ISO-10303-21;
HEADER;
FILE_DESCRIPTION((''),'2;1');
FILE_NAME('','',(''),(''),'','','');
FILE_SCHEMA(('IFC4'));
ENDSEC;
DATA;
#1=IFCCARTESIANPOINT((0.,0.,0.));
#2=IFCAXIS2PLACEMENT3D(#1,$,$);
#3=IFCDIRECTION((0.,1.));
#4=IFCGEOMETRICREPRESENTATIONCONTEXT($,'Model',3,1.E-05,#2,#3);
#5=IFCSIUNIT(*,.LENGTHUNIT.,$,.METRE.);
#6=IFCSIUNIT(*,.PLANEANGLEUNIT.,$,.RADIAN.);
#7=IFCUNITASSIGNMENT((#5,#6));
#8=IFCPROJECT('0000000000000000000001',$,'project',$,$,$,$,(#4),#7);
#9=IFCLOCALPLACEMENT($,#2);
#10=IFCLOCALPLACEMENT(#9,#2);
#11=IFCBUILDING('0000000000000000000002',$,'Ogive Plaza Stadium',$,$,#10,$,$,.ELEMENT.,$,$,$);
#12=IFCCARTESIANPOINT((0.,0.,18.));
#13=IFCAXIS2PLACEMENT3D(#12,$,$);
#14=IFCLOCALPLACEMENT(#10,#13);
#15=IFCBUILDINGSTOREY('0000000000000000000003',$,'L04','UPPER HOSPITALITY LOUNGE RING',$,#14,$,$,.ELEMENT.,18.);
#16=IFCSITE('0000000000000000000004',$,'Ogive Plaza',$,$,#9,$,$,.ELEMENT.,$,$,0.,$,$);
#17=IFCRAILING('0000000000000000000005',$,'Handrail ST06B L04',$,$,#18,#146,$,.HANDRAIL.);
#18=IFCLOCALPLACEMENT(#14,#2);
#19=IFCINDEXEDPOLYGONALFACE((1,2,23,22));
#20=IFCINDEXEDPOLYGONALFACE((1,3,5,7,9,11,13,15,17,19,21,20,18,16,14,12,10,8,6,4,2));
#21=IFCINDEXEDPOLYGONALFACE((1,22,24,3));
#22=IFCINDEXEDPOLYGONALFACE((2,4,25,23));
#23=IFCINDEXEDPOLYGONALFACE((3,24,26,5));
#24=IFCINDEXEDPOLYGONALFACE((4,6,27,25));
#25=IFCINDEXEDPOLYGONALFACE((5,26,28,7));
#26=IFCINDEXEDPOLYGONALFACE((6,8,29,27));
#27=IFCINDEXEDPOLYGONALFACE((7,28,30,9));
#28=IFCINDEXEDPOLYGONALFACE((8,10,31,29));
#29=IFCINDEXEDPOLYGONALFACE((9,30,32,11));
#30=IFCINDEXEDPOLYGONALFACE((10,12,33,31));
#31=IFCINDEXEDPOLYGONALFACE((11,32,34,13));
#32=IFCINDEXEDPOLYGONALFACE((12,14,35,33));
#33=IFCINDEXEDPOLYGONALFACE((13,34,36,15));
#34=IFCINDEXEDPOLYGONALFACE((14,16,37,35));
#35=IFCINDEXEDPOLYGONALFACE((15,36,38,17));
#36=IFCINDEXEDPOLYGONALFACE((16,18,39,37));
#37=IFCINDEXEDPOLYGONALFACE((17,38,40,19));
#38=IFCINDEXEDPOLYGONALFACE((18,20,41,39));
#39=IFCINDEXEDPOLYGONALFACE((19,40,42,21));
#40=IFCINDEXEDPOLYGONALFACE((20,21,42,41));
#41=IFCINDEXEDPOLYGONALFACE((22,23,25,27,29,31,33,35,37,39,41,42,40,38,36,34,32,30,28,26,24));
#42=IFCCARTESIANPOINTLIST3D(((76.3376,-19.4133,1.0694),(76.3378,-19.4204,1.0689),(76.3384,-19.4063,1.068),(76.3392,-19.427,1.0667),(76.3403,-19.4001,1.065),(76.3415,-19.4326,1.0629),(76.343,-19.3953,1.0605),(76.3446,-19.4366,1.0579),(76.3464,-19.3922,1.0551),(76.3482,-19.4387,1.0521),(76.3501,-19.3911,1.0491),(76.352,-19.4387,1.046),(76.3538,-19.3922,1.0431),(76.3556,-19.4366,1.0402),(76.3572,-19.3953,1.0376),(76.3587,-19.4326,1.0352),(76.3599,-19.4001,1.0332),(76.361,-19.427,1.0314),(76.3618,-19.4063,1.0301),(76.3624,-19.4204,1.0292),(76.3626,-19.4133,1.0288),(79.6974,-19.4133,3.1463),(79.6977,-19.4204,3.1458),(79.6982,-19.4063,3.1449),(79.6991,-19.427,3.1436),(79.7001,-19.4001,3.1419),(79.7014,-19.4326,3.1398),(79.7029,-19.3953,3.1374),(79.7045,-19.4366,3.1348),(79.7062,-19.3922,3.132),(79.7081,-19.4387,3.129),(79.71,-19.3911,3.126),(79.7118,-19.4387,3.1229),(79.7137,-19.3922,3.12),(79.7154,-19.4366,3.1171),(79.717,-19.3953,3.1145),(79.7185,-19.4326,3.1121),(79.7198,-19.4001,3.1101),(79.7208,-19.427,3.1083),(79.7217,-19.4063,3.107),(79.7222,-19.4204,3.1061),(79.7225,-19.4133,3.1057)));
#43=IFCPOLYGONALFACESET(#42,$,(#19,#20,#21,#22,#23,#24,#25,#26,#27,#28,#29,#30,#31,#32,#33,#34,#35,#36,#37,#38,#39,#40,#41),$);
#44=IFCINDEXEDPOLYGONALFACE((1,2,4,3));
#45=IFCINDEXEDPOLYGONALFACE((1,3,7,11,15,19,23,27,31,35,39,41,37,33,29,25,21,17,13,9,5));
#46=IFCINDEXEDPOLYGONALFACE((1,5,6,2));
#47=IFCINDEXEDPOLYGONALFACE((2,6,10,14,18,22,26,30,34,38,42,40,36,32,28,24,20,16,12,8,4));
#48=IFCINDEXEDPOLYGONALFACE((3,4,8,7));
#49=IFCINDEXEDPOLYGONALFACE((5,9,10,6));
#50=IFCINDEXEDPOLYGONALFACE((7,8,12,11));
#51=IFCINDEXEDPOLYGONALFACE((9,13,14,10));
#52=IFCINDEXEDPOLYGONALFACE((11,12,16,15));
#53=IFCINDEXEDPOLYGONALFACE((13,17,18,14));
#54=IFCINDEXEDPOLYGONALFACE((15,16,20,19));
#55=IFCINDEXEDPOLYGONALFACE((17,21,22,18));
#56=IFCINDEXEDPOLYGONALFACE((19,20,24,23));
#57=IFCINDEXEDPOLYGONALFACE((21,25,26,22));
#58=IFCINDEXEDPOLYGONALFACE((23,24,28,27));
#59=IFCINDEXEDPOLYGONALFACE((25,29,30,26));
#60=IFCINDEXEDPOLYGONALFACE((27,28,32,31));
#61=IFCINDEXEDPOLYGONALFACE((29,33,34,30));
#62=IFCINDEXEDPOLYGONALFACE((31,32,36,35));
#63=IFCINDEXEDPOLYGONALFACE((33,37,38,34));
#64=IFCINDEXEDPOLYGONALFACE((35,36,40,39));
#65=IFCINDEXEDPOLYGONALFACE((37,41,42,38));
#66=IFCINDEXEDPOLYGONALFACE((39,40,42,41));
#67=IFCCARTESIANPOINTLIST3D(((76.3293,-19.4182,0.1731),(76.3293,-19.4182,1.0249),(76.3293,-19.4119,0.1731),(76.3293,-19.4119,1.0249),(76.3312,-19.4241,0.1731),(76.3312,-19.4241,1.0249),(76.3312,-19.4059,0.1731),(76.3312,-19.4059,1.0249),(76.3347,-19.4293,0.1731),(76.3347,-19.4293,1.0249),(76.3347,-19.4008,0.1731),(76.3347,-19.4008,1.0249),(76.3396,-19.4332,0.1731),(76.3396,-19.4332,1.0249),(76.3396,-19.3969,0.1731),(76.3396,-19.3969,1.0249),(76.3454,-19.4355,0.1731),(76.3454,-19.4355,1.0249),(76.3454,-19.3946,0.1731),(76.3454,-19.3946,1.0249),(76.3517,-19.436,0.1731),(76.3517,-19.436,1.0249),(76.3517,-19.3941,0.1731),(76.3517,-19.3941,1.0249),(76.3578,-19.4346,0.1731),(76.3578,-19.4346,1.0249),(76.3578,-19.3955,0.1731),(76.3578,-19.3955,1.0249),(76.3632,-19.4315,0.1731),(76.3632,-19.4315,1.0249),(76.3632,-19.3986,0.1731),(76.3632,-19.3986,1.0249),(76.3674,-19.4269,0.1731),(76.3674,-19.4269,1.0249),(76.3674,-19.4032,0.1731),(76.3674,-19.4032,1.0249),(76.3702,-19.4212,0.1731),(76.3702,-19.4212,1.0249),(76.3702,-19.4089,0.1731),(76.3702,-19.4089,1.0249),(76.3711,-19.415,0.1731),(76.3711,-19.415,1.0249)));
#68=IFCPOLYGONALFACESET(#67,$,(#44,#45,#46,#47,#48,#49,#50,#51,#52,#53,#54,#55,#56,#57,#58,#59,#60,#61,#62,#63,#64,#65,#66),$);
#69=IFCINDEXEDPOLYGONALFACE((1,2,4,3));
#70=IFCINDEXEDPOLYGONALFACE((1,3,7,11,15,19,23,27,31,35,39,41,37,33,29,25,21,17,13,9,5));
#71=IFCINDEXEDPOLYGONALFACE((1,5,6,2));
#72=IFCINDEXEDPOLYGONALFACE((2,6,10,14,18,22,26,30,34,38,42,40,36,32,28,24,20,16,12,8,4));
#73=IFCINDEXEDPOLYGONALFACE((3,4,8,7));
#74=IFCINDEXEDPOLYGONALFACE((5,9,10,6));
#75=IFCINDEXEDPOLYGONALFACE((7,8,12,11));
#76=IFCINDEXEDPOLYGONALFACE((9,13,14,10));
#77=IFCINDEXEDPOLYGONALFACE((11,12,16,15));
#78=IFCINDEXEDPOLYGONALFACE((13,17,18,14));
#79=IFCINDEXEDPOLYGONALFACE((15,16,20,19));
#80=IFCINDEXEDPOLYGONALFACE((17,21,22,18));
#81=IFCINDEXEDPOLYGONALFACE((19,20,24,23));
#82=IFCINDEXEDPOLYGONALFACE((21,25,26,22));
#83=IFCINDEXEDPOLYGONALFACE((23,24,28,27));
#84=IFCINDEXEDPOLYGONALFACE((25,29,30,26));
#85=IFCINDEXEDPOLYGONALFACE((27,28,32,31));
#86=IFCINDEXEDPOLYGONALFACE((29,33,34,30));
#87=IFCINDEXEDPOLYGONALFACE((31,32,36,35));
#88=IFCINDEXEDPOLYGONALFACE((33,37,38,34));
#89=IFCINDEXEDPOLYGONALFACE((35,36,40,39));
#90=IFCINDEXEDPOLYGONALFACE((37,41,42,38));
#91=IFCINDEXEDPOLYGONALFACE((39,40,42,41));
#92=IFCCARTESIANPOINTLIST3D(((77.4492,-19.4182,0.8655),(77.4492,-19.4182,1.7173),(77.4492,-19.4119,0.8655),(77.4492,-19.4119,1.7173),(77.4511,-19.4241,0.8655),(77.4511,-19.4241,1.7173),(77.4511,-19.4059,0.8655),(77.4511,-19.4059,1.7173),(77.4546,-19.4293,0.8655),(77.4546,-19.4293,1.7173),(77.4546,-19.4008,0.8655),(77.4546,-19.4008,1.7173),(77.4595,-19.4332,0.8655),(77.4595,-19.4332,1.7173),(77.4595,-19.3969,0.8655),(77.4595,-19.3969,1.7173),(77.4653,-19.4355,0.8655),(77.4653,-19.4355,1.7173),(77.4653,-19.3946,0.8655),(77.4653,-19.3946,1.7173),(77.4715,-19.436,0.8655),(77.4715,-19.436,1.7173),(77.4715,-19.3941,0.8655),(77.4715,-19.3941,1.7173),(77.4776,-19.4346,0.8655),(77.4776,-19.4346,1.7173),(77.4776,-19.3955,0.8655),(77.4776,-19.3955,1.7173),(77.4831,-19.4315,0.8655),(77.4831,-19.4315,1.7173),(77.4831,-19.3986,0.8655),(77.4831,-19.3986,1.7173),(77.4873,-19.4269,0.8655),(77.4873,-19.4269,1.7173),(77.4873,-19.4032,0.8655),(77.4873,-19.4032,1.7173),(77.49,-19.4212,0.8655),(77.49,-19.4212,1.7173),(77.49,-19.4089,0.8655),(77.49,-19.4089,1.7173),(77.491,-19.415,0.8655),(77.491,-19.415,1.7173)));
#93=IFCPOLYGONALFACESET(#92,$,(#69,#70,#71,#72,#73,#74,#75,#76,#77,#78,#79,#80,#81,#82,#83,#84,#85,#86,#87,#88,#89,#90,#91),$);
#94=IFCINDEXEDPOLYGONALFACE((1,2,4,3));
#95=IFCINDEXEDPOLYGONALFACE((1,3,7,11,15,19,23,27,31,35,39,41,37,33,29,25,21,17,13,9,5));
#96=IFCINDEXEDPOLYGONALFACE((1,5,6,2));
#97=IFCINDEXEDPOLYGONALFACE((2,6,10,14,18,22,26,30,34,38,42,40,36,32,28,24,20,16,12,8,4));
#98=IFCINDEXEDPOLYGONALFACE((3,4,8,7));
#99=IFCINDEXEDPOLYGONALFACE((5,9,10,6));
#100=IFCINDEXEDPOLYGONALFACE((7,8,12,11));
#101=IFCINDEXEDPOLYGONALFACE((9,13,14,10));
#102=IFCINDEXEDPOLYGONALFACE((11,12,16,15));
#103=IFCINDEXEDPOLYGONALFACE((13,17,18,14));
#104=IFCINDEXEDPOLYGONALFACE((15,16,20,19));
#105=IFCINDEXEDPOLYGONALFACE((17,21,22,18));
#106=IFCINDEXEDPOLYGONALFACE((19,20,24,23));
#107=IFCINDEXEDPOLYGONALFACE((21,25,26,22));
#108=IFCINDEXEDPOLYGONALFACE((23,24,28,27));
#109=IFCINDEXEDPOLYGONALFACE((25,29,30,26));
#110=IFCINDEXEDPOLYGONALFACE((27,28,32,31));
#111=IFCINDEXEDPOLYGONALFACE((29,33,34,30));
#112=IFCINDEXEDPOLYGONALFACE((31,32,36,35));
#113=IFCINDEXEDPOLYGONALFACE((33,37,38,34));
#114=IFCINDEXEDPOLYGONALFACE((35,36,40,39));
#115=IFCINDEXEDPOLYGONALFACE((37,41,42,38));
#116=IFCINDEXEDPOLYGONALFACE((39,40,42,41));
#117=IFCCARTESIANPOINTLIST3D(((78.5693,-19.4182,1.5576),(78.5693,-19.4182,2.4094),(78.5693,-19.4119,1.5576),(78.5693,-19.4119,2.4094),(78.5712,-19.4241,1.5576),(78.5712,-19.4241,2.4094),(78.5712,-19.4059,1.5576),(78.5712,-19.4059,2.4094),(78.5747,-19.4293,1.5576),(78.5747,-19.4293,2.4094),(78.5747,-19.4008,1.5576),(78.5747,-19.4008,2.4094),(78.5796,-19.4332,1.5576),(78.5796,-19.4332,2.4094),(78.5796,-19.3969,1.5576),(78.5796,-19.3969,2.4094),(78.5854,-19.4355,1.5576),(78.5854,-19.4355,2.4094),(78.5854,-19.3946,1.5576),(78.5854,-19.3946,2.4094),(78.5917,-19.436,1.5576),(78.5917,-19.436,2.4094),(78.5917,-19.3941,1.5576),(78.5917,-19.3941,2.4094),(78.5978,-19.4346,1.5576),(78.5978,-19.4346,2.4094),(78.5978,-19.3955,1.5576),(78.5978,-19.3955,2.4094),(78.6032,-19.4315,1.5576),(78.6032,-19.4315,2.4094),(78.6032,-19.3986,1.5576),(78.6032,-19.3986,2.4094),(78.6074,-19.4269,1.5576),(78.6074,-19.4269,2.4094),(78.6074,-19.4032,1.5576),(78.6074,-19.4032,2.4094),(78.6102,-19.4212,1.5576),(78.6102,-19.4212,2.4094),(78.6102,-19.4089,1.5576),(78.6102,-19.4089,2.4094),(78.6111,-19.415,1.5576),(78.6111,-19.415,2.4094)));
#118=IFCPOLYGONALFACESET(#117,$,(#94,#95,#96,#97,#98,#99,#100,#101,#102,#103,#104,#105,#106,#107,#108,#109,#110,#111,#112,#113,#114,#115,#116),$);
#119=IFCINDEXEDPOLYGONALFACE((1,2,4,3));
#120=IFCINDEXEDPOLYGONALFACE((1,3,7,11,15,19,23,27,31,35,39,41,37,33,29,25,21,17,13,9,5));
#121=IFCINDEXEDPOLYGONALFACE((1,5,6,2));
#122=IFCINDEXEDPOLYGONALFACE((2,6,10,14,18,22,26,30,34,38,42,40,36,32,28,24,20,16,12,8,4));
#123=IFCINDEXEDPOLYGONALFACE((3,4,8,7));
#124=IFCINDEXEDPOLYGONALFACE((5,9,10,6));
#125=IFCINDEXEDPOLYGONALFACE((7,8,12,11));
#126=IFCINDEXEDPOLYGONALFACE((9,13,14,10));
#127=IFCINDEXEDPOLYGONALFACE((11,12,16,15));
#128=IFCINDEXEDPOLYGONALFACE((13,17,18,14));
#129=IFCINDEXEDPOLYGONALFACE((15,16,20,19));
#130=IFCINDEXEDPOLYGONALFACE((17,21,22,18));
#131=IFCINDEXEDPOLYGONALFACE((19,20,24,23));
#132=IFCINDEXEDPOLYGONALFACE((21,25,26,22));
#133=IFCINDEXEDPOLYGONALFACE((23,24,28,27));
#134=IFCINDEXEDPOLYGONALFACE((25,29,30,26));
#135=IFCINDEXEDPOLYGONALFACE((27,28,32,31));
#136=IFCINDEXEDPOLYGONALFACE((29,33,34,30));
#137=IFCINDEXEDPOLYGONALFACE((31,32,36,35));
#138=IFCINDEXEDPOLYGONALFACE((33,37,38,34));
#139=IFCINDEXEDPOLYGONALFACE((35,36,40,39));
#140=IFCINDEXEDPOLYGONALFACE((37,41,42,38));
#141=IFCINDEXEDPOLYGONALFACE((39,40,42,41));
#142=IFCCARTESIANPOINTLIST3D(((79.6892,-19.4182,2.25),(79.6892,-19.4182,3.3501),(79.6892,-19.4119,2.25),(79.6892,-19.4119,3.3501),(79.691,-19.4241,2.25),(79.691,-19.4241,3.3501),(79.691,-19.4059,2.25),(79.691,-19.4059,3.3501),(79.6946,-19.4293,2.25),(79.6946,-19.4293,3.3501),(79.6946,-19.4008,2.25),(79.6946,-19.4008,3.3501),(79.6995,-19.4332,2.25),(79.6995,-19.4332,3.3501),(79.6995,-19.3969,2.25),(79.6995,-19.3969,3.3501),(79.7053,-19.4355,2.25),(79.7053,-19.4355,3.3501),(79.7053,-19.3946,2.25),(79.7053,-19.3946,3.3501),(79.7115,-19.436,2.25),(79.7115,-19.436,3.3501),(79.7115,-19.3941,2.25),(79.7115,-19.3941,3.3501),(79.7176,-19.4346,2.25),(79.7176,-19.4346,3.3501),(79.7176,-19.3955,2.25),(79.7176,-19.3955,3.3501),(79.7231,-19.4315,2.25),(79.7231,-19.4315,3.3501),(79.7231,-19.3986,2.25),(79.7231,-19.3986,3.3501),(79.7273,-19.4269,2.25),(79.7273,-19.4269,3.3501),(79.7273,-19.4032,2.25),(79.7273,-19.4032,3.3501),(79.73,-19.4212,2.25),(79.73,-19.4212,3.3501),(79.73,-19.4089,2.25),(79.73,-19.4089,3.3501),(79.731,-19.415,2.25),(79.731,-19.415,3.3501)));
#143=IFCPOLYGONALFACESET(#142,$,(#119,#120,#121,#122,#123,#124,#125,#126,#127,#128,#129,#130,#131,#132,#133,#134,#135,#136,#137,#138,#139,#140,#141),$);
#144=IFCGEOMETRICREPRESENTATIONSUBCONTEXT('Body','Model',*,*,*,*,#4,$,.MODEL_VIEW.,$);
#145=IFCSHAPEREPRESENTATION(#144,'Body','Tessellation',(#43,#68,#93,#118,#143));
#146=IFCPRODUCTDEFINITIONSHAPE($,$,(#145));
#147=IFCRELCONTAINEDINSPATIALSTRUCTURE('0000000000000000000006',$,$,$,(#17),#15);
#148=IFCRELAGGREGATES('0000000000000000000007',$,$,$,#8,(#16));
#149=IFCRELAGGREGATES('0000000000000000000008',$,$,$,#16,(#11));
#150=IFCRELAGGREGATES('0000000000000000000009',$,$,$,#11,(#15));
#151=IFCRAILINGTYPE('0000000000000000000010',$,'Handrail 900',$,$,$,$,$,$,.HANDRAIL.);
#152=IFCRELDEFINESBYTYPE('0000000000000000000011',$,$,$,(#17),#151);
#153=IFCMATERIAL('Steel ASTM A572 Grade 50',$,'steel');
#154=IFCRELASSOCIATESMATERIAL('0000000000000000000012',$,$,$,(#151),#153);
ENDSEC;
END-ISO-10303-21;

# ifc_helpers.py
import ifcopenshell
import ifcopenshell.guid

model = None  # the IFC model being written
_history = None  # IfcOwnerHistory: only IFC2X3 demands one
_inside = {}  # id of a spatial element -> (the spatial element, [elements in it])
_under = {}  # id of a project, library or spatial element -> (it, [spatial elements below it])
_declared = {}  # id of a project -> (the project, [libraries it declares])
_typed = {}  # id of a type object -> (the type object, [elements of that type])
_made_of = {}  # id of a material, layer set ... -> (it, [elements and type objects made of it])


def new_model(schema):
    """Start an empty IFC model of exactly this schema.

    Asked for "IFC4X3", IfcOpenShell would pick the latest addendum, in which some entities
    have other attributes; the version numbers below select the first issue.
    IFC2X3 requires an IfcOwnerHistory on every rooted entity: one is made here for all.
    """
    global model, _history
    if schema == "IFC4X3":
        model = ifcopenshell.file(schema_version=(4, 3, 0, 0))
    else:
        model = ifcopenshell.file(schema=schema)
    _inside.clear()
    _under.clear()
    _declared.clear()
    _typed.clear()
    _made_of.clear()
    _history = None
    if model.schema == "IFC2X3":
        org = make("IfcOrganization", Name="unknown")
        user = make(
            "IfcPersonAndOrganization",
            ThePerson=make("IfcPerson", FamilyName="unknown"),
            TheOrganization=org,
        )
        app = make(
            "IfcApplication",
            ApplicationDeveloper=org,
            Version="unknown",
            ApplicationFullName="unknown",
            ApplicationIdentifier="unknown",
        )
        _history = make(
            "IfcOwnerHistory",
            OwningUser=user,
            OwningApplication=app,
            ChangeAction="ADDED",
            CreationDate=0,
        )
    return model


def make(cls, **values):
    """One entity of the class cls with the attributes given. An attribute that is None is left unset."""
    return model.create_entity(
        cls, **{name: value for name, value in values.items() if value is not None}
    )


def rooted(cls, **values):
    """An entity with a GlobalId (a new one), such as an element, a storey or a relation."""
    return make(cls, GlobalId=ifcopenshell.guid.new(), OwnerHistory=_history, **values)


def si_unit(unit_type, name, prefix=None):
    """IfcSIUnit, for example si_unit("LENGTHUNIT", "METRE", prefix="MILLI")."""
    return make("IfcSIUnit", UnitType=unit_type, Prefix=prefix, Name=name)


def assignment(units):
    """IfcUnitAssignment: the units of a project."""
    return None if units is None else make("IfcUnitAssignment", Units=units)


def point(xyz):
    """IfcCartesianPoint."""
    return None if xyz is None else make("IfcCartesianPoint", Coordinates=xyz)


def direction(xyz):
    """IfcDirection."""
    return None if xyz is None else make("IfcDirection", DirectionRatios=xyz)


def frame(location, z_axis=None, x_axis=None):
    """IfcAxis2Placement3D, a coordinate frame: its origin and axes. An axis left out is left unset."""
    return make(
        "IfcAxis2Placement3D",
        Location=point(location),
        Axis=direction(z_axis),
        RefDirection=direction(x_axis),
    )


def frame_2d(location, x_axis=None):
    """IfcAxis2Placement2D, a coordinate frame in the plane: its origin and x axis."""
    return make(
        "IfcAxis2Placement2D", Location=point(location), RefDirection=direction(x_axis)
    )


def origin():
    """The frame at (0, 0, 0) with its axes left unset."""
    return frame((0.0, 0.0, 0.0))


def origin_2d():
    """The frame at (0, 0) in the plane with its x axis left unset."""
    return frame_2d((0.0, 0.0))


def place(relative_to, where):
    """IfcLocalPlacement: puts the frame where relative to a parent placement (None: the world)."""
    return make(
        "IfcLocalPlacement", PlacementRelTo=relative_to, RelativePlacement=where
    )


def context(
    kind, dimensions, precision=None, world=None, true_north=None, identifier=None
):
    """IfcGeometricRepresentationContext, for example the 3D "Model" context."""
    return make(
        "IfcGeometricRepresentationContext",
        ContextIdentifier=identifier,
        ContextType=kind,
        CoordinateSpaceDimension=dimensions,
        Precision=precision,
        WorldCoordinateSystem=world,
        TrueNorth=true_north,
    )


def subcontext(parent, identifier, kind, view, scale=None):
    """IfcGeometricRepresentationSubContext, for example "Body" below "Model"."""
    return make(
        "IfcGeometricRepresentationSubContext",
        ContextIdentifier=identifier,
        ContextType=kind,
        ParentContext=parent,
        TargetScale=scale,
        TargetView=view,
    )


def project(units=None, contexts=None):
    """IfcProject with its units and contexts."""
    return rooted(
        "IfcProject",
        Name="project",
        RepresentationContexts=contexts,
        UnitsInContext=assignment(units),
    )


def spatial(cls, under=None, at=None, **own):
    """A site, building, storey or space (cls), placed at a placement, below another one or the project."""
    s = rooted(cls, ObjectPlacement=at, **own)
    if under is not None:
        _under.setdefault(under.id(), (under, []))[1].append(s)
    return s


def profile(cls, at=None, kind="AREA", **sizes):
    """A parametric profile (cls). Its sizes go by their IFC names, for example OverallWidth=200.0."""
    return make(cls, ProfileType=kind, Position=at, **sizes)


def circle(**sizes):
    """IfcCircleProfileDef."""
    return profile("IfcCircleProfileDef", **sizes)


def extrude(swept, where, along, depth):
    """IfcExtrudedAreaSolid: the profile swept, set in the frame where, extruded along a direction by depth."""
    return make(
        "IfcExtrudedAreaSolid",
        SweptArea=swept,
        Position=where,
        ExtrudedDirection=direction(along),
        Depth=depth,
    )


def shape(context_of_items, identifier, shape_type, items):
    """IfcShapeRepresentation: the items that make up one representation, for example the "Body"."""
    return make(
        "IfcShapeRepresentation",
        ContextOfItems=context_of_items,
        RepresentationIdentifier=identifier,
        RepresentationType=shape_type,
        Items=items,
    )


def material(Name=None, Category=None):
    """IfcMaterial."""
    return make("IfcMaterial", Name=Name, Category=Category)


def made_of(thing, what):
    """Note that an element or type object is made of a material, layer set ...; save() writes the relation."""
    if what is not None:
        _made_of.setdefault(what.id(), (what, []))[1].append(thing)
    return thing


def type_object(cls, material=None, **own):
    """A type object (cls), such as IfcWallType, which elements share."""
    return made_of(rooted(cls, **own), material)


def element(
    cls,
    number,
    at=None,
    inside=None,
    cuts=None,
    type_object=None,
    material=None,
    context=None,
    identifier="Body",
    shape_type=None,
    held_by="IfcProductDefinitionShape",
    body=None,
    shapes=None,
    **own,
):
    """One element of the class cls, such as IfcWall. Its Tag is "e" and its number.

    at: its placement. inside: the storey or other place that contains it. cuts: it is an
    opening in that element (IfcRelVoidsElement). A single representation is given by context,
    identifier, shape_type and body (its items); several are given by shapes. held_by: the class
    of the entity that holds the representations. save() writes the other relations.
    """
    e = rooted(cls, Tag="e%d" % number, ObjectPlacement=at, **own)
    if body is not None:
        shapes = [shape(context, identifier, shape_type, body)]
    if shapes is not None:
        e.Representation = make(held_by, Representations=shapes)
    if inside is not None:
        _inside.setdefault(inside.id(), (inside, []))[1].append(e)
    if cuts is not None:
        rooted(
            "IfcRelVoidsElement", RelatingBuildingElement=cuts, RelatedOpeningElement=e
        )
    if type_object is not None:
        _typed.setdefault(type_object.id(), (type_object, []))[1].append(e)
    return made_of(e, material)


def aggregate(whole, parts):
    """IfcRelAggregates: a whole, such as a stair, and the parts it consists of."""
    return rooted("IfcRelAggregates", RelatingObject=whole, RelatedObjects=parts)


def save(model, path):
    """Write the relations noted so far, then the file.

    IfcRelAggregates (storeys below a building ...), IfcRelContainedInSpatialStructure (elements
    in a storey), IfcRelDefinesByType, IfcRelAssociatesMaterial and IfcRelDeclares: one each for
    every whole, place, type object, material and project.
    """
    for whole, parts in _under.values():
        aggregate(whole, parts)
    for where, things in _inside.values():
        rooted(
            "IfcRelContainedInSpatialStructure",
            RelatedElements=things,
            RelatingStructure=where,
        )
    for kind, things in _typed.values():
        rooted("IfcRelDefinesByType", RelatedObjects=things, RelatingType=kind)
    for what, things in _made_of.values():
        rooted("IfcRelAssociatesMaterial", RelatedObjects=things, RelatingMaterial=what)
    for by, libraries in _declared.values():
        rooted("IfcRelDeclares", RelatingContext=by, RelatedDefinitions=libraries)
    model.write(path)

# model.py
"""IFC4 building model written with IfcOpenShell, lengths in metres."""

from ifc_helpers import new_model, si_unit, direction, frame, origin, origin_2d, place, context, subcontext, project, spatial, circle, extrude, material, type_object, element, save


model = new_model("IFC4")

# Units and contexts
model_context = context("Model", 3, precision=1e-05, world=origin(), true_north=direction((0.0, 1.0)))
body_context = subcontext(model_context, "Body", "Model", "MODEL_VIEW")
ifc_project = project(units=[si_unit("LENGTHUNIT", "METRE"), si_unit("PLANEANGLEUNIT", "RADIAN")], contexts=[model_context])

# Site, building, storey
site_placement = place(None, origin())
site = spatial("IfcSite", under=ifc_project, at=site_placement, Name="Ogive Plaza", CompositionType="ELEMENT", RefElevation=0.0)
building_placement = place(site_placement, origin())
building = spatial("IfcBuilding", under=site, at=building_placement, Name="Ogive Plaza Stadium", CompositionType="ELEMENT")
storey_placement = place(building_placement, frame((0.0, 0.0, 18.0)))
storey = spatial("IfcBuildingStorey", under=building, at=storey_placement, Name="L04", Description="UPPER HOSPITALITY LOUNGE RING", CompositionType="ELEMENT", Elevation=18.0)

# Railing
ifc_material_1 = material(Name="Steel ASTM A572 Grade 50", Category="steel")
railing_type_1 = type_object("IfcRailingType", Name="Handrail 900", PredefinedType="HANDRAIL", material=ifc_material_1)
for number, where, name in (
    (1, (76.3501, -19.415, 0.1731), "Handrail ST06B L04"),
):
    element("IfcRailing", number, at=place(storey_placement, frame(where)), inside=storey, type_object=railing_type_1, Name=name, PredefinedType="HANDRAIL", context=body_context, shape_type="SweptSolid", body=[
        extrude(circle(Radius=0.0239, at=origin_2d()), frame((0.0, 0.0, 0.876), z_axis=(0.850606, 0.0, 0.525803), x_axis=(0.0, 1.0, 0.0)), (0.0, 0.0, 1.0), 3.95),
        extrude(circle(Radius=0.021, at=origin_2d()), origin(), (0.0, 0.0, 1.0), 0.8518),
        extrude(circle(Radius=0.021, at=origin_2d()), frame((1.1199, 0.0, 0.6924)), (0.0, 0.0, 1.0), 0.8518),
        extrude(circle(Radius=0.021, at=origin_2d()), frame((2.24, 0.0, 1.3845)), (0.0, 0.0, 1.0), 0.8518),
        extrude(circle(Radius=0.021, at=origin_2d()), frame((3.3599, 0.0, 2.0769)), (0.0, 0.0, 1.0), 1.1001),
    ])

save(model, "model.ifc")
